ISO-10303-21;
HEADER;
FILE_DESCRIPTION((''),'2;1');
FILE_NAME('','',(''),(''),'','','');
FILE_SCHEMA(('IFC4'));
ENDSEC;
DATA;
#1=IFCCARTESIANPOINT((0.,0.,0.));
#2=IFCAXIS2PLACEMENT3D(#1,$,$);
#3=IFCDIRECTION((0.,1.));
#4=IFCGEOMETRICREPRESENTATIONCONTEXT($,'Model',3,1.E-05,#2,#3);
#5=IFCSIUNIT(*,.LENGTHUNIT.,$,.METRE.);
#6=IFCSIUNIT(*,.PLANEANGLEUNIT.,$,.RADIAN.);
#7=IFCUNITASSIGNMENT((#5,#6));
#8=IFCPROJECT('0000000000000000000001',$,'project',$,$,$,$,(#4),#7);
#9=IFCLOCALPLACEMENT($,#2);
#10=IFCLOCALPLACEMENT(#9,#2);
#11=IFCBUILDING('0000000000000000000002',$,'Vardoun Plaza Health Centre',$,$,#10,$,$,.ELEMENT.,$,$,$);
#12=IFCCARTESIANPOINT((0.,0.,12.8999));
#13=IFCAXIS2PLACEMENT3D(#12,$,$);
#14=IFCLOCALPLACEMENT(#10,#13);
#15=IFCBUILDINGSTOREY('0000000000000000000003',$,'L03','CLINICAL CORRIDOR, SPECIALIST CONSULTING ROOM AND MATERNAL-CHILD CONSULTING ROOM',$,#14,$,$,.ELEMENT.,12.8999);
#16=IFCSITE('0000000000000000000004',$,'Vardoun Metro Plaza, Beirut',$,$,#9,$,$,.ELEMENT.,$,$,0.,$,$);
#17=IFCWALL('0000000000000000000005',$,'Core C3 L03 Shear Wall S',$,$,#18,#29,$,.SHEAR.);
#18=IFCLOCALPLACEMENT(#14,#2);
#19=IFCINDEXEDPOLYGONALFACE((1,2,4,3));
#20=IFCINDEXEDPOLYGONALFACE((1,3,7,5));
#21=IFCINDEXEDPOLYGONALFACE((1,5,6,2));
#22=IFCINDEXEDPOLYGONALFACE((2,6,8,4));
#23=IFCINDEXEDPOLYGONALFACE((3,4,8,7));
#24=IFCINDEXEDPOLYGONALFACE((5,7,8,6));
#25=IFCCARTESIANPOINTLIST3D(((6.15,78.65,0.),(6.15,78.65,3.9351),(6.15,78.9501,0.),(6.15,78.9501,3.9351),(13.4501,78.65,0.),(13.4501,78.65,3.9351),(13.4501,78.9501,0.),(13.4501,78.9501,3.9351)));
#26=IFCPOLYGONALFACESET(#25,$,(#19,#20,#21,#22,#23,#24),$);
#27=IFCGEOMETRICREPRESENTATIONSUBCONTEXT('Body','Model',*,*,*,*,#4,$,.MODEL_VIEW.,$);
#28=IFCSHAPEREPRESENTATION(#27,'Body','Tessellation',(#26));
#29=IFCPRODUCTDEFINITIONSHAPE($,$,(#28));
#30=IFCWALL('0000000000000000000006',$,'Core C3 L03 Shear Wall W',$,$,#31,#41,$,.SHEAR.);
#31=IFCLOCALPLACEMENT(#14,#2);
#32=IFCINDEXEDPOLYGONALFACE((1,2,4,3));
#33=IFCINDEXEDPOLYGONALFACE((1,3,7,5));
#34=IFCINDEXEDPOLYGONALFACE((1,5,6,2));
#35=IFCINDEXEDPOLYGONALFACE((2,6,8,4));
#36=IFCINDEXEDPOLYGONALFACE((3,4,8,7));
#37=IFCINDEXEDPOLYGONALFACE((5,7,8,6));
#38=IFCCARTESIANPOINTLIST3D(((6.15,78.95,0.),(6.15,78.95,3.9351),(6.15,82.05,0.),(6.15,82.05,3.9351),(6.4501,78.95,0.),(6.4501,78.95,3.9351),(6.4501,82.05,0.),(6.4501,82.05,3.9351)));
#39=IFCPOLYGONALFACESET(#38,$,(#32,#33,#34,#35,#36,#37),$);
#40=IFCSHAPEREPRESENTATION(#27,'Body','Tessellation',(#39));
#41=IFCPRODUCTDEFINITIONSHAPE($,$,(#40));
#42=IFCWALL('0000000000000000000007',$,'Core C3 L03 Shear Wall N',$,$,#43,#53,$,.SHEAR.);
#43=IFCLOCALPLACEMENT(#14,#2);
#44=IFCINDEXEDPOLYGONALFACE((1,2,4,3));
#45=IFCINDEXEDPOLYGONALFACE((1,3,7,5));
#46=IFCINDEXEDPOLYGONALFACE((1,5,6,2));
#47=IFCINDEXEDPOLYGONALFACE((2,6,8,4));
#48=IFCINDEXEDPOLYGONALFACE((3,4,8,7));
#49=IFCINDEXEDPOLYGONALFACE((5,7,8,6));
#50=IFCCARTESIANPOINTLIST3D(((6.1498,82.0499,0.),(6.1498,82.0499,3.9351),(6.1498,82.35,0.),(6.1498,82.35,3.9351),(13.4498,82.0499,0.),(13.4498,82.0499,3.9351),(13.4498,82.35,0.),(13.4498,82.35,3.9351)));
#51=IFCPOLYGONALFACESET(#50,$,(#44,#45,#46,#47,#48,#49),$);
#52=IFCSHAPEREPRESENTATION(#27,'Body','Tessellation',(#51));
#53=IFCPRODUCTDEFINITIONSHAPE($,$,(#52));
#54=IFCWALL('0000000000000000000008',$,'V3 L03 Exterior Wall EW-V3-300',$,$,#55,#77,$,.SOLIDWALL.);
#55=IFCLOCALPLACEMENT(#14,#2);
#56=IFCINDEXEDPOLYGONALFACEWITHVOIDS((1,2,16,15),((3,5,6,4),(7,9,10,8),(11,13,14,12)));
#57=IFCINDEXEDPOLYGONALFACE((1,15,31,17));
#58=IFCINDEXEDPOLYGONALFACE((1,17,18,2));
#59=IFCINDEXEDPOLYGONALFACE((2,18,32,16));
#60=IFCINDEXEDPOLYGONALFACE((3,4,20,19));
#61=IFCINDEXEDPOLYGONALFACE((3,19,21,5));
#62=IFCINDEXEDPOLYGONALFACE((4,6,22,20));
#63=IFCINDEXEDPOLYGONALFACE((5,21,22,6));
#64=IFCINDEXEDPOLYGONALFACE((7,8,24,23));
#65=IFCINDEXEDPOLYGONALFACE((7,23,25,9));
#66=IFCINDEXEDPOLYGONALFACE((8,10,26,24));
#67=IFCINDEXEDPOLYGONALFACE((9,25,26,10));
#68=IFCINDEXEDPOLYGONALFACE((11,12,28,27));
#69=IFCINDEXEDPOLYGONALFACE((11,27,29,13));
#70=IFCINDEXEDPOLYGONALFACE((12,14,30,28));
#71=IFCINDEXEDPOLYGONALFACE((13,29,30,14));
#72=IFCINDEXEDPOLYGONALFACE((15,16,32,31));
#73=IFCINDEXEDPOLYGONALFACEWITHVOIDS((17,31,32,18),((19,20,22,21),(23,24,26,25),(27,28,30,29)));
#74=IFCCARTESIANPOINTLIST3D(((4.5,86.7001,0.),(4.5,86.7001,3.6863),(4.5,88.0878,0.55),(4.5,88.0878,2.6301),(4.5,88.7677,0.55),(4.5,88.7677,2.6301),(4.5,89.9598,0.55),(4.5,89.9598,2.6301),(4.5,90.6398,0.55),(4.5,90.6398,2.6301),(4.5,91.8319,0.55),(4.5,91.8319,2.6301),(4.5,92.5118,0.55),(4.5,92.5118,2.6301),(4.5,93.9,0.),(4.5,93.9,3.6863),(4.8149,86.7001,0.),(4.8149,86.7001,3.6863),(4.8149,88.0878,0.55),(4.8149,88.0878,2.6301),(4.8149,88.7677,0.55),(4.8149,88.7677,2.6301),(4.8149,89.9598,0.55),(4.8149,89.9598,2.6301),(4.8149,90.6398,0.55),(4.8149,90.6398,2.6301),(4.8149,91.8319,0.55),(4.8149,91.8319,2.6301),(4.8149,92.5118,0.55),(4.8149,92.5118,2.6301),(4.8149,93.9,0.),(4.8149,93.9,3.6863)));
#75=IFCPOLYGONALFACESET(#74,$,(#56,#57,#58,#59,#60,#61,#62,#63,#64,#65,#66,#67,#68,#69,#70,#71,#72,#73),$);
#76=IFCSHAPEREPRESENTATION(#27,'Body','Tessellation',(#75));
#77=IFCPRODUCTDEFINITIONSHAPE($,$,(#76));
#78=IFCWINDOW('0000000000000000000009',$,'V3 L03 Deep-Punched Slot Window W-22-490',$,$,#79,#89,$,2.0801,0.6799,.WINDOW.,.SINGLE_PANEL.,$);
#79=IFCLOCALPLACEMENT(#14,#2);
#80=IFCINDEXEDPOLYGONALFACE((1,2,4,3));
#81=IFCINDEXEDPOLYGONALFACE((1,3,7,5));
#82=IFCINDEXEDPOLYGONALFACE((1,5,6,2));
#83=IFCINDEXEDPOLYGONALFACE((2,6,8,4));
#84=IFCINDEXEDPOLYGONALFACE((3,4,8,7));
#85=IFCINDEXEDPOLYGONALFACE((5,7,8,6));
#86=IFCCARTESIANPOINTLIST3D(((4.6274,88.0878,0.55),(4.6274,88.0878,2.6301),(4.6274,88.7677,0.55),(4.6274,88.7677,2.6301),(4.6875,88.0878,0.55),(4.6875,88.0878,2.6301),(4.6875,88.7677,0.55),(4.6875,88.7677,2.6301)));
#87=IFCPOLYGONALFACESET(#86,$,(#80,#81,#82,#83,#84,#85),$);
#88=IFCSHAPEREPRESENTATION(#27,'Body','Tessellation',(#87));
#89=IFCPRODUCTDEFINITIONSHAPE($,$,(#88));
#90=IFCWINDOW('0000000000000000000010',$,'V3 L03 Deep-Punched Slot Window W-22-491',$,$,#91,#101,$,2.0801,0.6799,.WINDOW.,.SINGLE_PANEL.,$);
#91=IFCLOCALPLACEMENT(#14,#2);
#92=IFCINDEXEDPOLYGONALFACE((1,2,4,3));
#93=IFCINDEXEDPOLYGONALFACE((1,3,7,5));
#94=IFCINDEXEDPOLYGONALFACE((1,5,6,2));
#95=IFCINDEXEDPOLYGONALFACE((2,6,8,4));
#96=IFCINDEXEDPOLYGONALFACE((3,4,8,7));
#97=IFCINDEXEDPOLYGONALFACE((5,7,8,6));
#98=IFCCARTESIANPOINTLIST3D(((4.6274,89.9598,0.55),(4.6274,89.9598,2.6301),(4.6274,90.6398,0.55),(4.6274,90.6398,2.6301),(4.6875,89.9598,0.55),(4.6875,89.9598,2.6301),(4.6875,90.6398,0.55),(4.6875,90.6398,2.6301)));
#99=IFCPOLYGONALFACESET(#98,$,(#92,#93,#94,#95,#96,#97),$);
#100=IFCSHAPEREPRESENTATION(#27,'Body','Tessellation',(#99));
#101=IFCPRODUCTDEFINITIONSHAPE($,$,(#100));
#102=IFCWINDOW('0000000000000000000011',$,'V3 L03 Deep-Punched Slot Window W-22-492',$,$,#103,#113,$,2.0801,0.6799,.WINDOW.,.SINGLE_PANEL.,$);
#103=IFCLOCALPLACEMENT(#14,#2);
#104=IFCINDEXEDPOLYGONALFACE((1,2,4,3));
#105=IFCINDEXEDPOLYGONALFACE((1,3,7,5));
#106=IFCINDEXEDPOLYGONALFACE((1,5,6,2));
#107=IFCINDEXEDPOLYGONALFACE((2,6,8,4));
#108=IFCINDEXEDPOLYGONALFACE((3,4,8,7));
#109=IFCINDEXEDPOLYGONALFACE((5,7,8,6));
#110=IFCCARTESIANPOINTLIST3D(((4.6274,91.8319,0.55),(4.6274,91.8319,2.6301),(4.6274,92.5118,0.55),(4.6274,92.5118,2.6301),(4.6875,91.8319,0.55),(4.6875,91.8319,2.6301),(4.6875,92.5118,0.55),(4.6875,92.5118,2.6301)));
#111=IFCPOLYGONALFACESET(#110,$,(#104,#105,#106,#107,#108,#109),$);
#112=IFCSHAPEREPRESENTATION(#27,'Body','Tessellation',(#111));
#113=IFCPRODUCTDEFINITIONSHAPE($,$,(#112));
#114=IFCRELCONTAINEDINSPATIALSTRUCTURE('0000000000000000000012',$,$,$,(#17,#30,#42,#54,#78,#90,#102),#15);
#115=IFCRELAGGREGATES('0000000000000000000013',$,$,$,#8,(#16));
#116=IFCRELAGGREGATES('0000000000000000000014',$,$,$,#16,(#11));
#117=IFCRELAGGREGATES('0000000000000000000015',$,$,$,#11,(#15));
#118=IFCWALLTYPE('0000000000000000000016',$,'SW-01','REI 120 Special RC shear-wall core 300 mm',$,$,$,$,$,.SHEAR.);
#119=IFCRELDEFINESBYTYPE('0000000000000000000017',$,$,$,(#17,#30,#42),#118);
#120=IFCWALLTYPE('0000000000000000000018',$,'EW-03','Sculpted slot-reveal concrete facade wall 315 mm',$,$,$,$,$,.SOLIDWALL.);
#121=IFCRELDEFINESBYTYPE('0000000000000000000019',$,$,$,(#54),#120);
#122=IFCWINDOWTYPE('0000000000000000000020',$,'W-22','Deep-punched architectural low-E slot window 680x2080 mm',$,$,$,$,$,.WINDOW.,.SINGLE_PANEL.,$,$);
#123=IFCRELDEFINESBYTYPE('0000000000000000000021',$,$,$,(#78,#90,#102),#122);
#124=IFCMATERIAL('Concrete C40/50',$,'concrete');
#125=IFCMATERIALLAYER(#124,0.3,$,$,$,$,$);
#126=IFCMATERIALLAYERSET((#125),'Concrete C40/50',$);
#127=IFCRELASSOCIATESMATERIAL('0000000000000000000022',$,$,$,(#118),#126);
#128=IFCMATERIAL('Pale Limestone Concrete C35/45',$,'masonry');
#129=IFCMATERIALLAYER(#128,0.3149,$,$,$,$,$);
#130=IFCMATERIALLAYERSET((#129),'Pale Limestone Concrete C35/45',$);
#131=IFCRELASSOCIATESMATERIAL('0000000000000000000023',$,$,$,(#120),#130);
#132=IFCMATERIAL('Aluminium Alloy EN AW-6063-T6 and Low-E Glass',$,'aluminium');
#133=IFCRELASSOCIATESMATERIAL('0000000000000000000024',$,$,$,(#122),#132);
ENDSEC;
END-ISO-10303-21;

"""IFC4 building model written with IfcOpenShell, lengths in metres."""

from ifc_helpers import new_model, si_unit, direction, frame, frame_2d, origin, place, context, subcontext, project, spatial, rectangle, extrude, material, layer, layer_set, type_object, element, fill, save


model = new_model("IFC4")

# Units and contexts
model_context = context("Model", 3, precision=1e-05, world=origin(), true_north=direction((0.0, 1.0)))
body_context = subcontext(model_context, "Body", "Model", "MODEL_VIEW")
ifc_project = project(units=[si_unit("LENGTHUNIT", "METRE"), si_unit("PLANEANGLEUNIT", "RADIAN")], contexts=[model_context])

# Site, building, storey
site_placement = place(None, origin())
site = spatial("IfcSite", under=ifc_project, at=site_placement, Name="Vardoun Metro Plaza, Beirut", CompositionType="ELEMENT", RefElevation=0.0)
building_placement = place(site_placement, origin())
building = spatial("IfcBuilding", under=site, at=building_placement, Name="Vardoun Plaza Health Centre", CompositionType="ELEMENT")
storey_placement = place(building_placement, frame((0.0, 0.0, 12.8999)))
storey = spatial("IfcBuildingStorey", under=building, at=storey_placement, Name="L03", Description="CLINICAL CORRIDOR, SPECIALIST CONSULTING ROOM AND MATERNAL-CHILD CONSULTING ROOM", CompositionType="ELEMENT", Elevation=12.8999)

# Walls
ifc_material_1 = material(Name="Concrete C40/50", Category="concrete")
ifc_layer_1 = layer(ifc_material_1, 0.3)
ifc_layer_set_1 = layer_set([ifc_layer_1], Name="Concrete C40/50")
wall_type_1 = type_object("IfcWallType", Name="SW-01", Description="REI 120 Special RC shear-wall core 300 mm", PredefinedType="SHEAR", material=ifc_layer_set_1)
wall_1_placement = place(storey_placement, frame((13.45, 78.8, 0.0), z_axis=(0.0, 0.0, 1.0), x_axis=(-1.0, 0.0, 0.0)))
element("IfcWall", 1, at=wall_1_placement, inside=storey, type_object=wall_type_1, Name="Core C3 L03 Shear Wall S", PredefinedType="SHEAR", context=body_context, shape_type="SweptSolid", body=[
    extrude(rectangle(XDim=7.3, YDim=0.3, at=frame_2d((3.6499, 0.0))), origin(), (0.0, 0.0, 1.0), 3.9351),
])
wall_2_placement = place(storey_placement, frame((6.3, 78.95, 0.0), z_axis=(0.0, 0.0, 1.0), x_axis=(0.0, 1.0, 0.0)))
element("IfcWall", 2, at=wall_2_placement, inside=storey, type_object=wall_type_1, Name="Core C3 L03 Shear Wall W", PredefinedType="SHEAR", context=body_context, shape_type="SweptSolid", body=[
    extrude(rectangle(XDim=3.1001, YDim=0.3, at=frame_2d((1.55, 0.0))), origin(), (0.0, 0.0, 1.0), 3.9351),
])
wall_3_placement = place(storey_placement, frame((6.1499, 82.2, 0.0), z_axis=(0.0, 0.0, 1.0), x_axis=(1.0, 0.0, 0.0)))
element("IfcWall", 3, at=wall_3_placement, inside=storey, type_object=wall_type_1, Name="Core C3 L03 Shear Wall N", PredefinedType="SHEAR", context=body_context, shape_type="SweptSolid", body=[
    extrude(rectangle(XDim=7.3, YDim=0.3, at=frame_2d((3.6499, 0.0))), origin(), (0.0, 0.0, 1.0), 3.9351),
])

# Wall, openings, windows
ifc_material_2 = material(Name="Pale Limestone Concrete C35/45", Category="masonry")
ifc_layer_2 = layer(ifc_material_2, 0.3149)
ifc_layer_set_2 = layer_set([ifc_layer_2], Name="Pale Limestone Concrete C35/45")
wall_type_2 = type_object("IfcWallType", Name="EW-03", Description="Sculpted slot-reveal concrete facade wall 315 mm", PredefinedType="SOLIDWALL", material=ifc_layer_set_2)
wall_4_placement = place(storey_placement, frame((4.6575, 86.7, 0.0), z_axis=(0.0, 0.0, 1.0), x_axis=(0.0, 1.0, 0.0)))
wall_4 = element("IfcWall", 4, at=wall_4_placement, inside=storey, type_object=wall_type_2, Name="V3 L03 Exterior Wall EW-V3-300", PredefinedType="SOLIDWALL", context=body_context, shape_type="SweptSolid", body=[
    extrude(rectangle(XDim=7.2, YDim=0.3149, at=frame_2d((3.6001, 0.0))), origin(), (0.0, 0.0, 1.0), 3.6863),
])
opening_1_placement = place(wall_4_placement, frame((1.3879, 0.0, 0.55)))
opening_1 = element("IfcOpeningElement", 5, at=opening_1_placement, cuts=wall_4, PredefinedType="OPENING", context=body_context, shape_type="SweptSolid", body=[
    extrude(rectangle(XDim=0.6799, YDim=2.0801, at=frame_2d((0.3398, 1.04))), frame((0.0, 0.1575, 0.0), z_axis=(0.0, -1.0, 0.0), x_axis=(1.0, 0.0, 0.0)), (0.0, 0.0, 1.0), 0.3149),
])
opening_2_placement = place(wall_4_placement, frame((3.26, 0.0, 0.55)))
opening_2 = element("IfcOpeningElement", 6, at=opening_2_placement, cuts=wall_4, PredefinedType="OPENING", context=body_context, shape_type="SweptSolid", body=[
    extrude(rectangle(XDim=0.6799, YDim=2.0801, at=frame_2d((0.3398, 1.04))), frame((0.0, 0.1575, 0.0), z_axis=(0.0, -1.0, 0.0), x_axis=(1.0, 0.0, 0.0)), (0.0, 0.0, 1.0), 0.3149),
])
opening_3_placement = place(wall_4_placement, frame((5.1321, 0.0, 0.55)))
opening_3 = element("IfcOpeningElement", 7, at=opening_3_placement, cuts=wall_4, PredefinedType="OPENING", context=body_context, shape_type="SweptSolid", body=[
    extrude(rectangle(XDim=0.6799, YDim=2.0801, at=frame_2d((0.3398, 1.04))), frame((0.0, 0.1575, 0.0), z_axis=(0.0, -1.0, 0.0), x_axis=(1.0, 0.0, 0.0)), (0.0, 0.0, 1.0), 0.3149),
])
ifc_material_3 = material(Name="Aluminium Alloy EN AW-6063-T6 and Low-E Glass", Category="aluminium")
window_type = type_object("IfcWindowType", Name="W-22", Description="Deep-punched architectural low-E slot window 680x2080 mm", PartitioningType="SINGLE_PANEL", PredefinedType="WINDOW", material=ifc_material_3)
window_1_placement = place(opening_1_placement, origin())
window_1 = element("IfcWindow", 8, at=window_1_placement, inside=storey, type_object=window_type, Name="V3 L03 Deep-Punched Slot Window W-22-490", OverallHeight=2.0801, OverallWidth=0.6799, PartitioningType="SINGLE_PANEL", PredefinedType="WINDOW", context=body_context, shape_type="SweptSolid", body=[
    extrude(rectangle(XDim=0.6799, YDim=2.0801, at=frame_2d((0.3398, 1.04))), frame((0.0, 0.03, 0.0), z_axis=(0.0, -1.0, 0.0), x_axis=(1.0, 0.0, 0.0)), (0.0, 0.0, 1.0), 0.0601),
])
fill(opening_1, window_1)
window_2_placement = place(opening_2_placement, origin())
window_2 = element("IfcWindow", 9, at=window_2_placement, inside=storey, type_object=window_type, Name="V3 L03 Deep-Punched Slot Window W-22-491", OverallHeight=2.0801, OverallWidth=0.6799, PartitioningType="SINGLE_PANEL", PredefinedType="WINDOW", context=body_context, shape_type="SweptSolid", body=[
    extrude(rectangle(XDim=0.6799, YDim=2.0801, at=frame_2d((0.3398, 1.04))), frame((0.0, 0.03, 0.0), z_axis=(0.0, -1.0, 0.0), x_axis=(1.0, 0.0, 0.0)), (0.0, 0.0, 1.0), 0.0601),
])
fill(opening_2, window_2)
window_3_placement = place(opening_3_placement, origin())
window_3 = element("IfcWindow", 10, at=window_3_placement, inside=storey, type_object=window_type, Name="V3 L03 Deep-Punched Slot Window W-22-492", OverallHeight=2.0801, OverallWidth=0.6799, PartitioningType="SINGLE_PANEL", PredefinedType="WINDOW", context=body_context, shape_type="SweptSolid", body=[
    extrude(rectangle(XDim=0.6799, YDim=2.0801, at=frame_2d((0.3398, 1.04))), frame((0.0, 0.03, 0.0), z_axis=(0.0, -1.0, 0.0), x_axis=(1.0, 0.0, 0.0)), (0.0, 0.0, 1.0), 0.0601),
])
fill(opening_3, window_3)

save(model, "model.ifc")
